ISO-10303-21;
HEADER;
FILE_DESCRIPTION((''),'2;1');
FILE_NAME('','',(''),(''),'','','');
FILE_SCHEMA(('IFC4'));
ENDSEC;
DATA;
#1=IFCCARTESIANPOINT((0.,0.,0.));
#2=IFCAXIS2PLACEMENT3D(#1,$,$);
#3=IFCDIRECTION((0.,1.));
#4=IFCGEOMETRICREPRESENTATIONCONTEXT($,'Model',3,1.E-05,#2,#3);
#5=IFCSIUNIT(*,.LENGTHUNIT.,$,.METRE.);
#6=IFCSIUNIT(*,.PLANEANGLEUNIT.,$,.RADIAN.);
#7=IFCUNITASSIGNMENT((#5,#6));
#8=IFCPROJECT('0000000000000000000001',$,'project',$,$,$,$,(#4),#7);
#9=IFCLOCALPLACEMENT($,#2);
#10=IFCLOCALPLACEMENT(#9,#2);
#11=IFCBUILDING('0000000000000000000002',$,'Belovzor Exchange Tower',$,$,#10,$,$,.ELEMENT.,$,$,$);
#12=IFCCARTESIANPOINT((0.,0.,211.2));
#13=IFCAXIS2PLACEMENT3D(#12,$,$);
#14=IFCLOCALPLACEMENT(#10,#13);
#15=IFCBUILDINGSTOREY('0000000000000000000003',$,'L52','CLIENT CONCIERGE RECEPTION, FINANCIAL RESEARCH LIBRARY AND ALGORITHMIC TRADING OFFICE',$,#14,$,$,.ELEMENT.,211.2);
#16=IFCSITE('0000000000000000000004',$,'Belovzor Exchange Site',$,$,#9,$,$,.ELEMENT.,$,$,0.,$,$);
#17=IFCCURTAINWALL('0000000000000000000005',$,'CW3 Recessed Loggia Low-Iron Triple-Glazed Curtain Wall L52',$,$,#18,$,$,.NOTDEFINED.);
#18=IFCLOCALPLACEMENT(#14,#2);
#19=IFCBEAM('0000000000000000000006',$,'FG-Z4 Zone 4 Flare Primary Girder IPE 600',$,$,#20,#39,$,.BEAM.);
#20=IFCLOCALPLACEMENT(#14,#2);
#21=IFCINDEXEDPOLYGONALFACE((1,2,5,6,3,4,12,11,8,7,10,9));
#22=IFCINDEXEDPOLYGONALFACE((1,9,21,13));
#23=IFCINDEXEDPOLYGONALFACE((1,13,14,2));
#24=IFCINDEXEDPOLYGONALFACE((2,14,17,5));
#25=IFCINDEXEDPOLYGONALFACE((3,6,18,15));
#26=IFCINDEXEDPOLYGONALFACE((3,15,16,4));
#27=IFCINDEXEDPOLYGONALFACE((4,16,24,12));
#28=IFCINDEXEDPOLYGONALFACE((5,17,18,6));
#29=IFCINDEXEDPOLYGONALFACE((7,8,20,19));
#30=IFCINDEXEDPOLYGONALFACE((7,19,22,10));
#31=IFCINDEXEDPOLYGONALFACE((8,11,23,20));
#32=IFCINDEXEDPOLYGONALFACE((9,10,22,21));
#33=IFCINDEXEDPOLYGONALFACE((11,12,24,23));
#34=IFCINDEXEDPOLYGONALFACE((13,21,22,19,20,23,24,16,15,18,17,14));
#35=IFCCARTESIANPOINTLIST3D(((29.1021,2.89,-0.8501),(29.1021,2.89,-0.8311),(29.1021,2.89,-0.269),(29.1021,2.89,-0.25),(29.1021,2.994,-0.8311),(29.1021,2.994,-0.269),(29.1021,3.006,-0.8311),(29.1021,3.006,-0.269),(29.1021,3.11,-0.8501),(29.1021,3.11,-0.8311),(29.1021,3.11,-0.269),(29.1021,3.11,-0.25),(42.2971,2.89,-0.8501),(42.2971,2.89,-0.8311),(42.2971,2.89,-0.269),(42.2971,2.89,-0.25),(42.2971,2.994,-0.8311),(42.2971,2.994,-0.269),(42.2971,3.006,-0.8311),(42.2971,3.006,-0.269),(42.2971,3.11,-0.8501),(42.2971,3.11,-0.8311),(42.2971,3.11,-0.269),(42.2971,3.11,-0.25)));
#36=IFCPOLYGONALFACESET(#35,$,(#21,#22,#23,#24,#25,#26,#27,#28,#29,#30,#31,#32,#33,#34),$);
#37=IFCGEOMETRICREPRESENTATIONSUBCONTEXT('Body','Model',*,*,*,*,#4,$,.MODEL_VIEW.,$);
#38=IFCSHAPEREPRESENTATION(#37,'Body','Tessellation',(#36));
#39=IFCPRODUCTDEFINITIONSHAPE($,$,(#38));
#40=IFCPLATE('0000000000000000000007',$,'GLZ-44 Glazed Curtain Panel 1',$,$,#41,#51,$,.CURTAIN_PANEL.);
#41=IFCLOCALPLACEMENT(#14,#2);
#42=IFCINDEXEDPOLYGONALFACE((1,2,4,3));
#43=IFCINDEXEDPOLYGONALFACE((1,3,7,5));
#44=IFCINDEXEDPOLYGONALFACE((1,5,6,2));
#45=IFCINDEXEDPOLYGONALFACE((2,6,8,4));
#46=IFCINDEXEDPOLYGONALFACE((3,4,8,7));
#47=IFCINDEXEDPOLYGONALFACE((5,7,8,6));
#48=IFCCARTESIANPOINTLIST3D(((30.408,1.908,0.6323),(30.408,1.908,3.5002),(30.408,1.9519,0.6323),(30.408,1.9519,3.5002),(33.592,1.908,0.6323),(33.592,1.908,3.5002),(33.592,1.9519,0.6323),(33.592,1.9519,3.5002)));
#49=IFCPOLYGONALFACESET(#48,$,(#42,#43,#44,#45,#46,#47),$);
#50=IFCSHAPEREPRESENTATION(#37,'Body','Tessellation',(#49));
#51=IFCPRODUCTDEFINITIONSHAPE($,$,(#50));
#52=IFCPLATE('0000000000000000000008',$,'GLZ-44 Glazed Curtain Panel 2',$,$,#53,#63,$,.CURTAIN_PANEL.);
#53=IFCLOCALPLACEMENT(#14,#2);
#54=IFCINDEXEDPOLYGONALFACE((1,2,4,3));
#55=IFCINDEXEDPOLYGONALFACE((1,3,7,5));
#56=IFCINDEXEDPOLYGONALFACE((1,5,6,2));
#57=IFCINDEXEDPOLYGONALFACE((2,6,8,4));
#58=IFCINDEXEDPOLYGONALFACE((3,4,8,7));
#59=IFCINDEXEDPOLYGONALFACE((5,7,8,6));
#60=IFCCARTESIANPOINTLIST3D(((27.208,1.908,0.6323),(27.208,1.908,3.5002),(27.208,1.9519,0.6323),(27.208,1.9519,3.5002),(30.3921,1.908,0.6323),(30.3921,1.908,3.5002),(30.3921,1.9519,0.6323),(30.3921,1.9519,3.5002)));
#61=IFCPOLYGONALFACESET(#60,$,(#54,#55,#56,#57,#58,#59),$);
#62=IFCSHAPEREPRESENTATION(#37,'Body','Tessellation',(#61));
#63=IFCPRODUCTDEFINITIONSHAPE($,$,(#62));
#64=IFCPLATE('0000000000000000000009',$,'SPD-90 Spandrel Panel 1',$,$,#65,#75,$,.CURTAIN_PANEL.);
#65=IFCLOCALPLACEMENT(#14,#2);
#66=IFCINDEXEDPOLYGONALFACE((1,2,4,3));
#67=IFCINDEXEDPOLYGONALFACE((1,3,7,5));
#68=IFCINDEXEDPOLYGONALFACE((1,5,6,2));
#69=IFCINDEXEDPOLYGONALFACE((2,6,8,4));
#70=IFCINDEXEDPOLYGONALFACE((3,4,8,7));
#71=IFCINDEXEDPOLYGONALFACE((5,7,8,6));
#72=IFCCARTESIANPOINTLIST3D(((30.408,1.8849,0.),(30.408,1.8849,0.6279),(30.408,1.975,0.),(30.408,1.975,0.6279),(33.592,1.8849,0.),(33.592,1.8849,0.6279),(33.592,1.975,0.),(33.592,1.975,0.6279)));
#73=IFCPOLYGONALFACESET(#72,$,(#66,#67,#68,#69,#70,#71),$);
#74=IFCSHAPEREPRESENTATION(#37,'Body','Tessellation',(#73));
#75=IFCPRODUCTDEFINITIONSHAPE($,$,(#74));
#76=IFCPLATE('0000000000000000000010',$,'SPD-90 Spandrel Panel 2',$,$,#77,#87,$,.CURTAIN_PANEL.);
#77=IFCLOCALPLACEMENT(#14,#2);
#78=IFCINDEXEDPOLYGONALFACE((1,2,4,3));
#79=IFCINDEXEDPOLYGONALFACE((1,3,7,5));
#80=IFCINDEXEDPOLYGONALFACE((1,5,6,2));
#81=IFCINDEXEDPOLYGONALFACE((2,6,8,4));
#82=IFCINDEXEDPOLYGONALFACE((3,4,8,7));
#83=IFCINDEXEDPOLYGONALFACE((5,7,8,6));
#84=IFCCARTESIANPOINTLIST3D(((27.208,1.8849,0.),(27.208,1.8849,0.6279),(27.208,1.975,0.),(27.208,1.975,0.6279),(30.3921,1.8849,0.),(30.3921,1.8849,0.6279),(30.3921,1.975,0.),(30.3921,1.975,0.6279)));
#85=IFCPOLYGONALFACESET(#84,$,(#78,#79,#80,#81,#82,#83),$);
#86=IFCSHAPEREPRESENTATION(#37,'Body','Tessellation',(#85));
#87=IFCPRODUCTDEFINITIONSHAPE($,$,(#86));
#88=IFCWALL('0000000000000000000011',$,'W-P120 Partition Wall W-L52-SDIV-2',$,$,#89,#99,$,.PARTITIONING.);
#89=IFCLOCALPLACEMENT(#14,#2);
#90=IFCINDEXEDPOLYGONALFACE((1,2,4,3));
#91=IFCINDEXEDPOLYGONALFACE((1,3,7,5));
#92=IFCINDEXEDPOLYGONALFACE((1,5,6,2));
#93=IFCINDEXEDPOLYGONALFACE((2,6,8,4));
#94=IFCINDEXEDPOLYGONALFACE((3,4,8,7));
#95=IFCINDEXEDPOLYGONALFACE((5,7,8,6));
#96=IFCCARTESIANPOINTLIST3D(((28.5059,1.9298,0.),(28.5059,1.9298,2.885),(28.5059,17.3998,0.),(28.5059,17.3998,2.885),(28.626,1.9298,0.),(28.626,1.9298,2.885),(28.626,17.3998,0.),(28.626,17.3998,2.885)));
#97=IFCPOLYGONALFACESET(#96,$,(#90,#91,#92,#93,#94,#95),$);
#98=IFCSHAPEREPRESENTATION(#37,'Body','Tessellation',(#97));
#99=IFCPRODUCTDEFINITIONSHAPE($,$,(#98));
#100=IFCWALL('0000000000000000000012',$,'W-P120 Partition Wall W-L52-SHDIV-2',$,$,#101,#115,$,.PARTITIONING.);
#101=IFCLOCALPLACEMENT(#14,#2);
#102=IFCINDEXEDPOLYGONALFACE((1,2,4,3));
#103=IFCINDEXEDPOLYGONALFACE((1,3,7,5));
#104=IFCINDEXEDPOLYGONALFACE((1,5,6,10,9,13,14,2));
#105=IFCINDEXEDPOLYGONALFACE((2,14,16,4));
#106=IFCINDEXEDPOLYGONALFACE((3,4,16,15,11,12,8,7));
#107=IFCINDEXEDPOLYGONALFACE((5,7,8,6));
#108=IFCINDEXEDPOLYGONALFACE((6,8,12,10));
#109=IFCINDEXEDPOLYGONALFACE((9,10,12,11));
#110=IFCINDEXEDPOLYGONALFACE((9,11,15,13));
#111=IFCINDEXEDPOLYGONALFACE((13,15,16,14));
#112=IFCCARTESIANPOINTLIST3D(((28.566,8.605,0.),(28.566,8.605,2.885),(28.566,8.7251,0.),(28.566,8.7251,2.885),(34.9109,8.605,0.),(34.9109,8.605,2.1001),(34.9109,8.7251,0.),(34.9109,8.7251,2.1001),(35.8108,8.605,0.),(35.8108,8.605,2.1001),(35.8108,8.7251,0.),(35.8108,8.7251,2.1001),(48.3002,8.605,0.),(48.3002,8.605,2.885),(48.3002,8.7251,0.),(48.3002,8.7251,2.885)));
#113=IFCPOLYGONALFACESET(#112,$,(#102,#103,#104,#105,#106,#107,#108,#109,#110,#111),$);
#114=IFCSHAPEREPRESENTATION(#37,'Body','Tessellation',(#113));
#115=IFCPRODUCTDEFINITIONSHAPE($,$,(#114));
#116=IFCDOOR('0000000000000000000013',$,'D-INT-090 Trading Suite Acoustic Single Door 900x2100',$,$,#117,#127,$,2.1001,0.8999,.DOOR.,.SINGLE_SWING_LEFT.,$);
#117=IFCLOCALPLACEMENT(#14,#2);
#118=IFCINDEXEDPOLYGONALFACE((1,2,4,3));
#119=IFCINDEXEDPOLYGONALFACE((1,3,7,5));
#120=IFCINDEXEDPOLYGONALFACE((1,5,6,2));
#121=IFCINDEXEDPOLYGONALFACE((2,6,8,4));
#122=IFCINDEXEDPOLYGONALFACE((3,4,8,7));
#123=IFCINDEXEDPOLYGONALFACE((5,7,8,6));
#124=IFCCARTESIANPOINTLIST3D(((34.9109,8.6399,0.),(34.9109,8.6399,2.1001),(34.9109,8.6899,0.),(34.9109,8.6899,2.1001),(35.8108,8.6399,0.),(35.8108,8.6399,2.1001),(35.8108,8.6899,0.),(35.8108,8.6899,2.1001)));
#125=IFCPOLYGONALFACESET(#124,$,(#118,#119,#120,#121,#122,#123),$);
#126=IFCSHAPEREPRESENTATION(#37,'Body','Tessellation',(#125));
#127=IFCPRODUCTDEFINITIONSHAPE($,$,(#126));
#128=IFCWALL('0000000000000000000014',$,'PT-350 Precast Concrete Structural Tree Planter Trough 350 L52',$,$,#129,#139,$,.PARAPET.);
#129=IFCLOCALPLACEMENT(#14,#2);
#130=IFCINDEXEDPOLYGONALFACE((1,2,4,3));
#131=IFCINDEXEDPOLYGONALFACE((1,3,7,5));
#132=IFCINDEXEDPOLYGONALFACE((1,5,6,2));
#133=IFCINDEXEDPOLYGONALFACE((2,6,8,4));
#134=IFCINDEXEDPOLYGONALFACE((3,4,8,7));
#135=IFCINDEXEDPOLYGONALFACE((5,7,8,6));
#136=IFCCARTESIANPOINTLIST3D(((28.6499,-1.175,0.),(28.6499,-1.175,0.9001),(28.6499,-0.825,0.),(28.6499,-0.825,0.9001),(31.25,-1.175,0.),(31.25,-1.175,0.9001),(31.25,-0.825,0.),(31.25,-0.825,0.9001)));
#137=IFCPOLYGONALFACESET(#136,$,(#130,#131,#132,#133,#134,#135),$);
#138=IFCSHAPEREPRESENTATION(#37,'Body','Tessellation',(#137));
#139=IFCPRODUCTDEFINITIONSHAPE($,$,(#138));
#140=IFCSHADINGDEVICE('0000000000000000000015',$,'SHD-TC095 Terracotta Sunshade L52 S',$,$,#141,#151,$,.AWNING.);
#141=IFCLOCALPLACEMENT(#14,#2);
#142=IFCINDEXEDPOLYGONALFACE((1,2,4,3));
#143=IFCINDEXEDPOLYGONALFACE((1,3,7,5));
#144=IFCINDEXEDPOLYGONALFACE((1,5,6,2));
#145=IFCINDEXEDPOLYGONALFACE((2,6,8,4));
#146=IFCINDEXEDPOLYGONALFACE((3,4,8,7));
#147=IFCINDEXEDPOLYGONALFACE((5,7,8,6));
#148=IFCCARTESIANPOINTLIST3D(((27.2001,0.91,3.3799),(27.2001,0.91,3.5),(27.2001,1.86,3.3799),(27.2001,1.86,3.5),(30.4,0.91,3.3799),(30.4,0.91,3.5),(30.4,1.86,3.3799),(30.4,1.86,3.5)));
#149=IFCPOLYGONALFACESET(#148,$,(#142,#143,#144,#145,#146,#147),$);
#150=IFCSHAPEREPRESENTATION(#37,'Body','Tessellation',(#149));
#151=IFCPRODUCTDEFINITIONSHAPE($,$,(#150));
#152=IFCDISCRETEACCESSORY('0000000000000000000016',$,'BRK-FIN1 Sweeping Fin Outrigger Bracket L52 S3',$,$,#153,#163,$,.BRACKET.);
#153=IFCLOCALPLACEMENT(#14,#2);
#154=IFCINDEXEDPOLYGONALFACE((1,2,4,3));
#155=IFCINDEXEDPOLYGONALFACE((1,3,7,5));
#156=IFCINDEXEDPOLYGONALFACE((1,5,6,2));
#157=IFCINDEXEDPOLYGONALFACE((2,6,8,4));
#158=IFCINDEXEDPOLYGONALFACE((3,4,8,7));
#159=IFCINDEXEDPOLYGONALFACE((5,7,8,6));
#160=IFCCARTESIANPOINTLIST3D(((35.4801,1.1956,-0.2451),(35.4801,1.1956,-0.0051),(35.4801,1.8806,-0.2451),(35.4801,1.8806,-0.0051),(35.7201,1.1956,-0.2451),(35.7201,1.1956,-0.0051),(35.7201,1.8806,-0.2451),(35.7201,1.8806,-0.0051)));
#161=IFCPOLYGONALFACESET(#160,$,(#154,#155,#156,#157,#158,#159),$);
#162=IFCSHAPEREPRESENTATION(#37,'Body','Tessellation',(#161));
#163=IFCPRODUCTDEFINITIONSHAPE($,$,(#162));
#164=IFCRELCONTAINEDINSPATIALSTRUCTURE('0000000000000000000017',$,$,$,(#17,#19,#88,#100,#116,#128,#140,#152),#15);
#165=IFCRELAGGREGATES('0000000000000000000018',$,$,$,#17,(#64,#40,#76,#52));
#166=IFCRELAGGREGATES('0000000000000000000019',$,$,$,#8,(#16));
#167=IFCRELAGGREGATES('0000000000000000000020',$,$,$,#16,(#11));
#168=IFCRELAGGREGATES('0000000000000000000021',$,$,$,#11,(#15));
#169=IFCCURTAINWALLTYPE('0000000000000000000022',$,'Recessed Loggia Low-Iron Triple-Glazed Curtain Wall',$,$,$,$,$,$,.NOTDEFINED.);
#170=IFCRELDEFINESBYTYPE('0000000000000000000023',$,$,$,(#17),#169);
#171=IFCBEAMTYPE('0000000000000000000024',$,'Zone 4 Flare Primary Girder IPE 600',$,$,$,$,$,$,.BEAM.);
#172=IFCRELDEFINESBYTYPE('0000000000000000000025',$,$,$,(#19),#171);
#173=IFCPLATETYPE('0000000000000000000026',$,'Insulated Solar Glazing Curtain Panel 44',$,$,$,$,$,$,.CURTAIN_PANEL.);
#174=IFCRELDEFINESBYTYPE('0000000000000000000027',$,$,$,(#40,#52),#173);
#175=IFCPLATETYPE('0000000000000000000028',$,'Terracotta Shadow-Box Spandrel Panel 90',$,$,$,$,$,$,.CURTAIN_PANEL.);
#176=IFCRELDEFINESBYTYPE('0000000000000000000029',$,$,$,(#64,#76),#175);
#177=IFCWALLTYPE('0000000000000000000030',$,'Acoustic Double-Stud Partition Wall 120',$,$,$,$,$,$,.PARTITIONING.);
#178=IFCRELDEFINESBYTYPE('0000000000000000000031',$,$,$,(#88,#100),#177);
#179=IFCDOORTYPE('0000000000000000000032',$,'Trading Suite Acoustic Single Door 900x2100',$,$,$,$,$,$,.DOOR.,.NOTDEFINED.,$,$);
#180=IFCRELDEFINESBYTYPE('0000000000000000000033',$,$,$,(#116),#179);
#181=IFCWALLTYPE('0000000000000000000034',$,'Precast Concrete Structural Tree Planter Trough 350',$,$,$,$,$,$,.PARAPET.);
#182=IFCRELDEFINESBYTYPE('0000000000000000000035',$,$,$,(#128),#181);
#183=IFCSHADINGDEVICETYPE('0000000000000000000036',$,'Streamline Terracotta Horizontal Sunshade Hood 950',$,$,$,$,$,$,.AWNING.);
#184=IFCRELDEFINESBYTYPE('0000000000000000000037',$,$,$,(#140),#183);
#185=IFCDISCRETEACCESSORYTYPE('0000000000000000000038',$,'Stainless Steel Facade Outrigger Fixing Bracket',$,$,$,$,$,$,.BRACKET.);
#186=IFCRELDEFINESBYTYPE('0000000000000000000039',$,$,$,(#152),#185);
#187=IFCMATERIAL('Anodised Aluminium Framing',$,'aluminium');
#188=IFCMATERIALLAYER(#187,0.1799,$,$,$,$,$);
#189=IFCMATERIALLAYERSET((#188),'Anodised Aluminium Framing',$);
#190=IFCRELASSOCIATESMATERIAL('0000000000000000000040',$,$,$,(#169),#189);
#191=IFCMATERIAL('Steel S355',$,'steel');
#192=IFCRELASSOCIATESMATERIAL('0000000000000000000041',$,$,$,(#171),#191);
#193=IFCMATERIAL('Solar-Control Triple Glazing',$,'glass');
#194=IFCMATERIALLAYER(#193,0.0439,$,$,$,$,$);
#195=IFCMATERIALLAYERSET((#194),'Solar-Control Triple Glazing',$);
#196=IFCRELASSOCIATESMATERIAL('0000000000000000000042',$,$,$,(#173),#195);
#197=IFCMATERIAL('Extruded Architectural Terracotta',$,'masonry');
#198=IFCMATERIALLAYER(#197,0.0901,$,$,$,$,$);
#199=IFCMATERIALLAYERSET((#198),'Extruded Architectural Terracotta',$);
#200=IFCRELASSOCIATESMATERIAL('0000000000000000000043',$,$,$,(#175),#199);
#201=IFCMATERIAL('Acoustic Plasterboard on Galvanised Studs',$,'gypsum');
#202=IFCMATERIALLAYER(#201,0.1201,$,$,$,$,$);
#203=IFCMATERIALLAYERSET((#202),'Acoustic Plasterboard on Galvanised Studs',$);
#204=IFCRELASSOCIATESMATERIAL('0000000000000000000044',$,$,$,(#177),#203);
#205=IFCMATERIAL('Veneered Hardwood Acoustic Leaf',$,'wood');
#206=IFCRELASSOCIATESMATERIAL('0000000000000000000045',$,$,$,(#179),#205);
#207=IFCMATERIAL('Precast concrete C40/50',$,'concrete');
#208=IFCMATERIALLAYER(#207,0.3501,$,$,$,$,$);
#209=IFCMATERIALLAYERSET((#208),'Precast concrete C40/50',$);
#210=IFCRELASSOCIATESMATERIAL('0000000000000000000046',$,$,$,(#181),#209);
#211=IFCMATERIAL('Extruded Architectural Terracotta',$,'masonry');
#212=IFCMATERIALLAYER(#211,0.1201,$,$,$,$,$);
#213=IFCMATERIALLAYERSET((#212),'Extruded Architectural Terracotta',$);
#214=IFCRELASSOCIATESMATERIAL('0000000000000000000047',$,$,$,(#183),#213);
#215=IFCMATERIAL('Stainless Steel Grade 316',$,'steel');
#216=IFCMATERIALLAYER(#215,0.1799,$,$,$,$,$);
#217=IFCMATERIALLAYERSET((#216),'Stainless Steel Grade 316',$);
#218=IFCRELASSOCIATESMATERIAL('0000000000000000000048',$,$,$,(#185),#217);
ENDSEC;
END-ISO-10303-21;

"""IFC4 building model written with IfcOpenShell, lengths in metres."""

from ifc_helpers import new_model, si_unit, direction, frame, frame_2d, origin, origin_2d, place, context, subcontext, project, spatial, rectangle, i_section, extrude, material, layer, layer_set, material_profile, profile_set, type_object, element, fill, aggregate, save


model = new_model("IFC4")

# Units and contexts
model_context = context("Model", 3, precision=1e-05, world=origin(), true_north=direction((0.0, 1.0)))
body_context = subcontext(model_context, "Body", "Model", "MODEL_VIEW")
ifc_project = project(units=[si_unit("LENGTHUNIT", "METRE"), si_unit("PLANEANGLEUNIT", "RADIAN")], contexts=[model_context])

# Site, building, storey
site_placement = place(None, origin())
site = spatial("IfcSite", under=ifc_project, at=site_placement, Name="Belovzor Exchange Site", CompositionType="ELEMENT", RefElevation=0.0)
building_placement = place(site_placement, origin())
building = spatial("IfcBuilding", under=site, at=building_placement, Name="Belovzor Exchange Tower", CompositionType="ELEMENT")
storey_placement = place(building_placement, frame((0.0, 0.0, 211.2)))
storey = spatial("IfcBuildingStorey", under=building, at=storey_placement, Name="L52", Description="CLIENT CONCIERGE RECEPTION, FINANCIAL RESEARCH LIBRARY AND ALGORITHMIC TRADING OFFICE", CompositionType="ELEMENT", Elevation=211.2)

# Curtain wall
ifc_material_1 = material(Name="Anodised Aluminium Framing", Category="aluminium")
ifc_layer_1 = layer(ifc_material_1, 0.1799)
ifc_layer_set_1 = layer_set([ifc_layer_1], Name="Anodised Aluminium Framing")
curtain_wall_type = type_object("IfcCurtainWallType", Name="Recessed Loggia Low-Iron Triple-Glazed Curtain Wall", PredefinedType="NOTDEFINED", material=ifc_layer_set_1)
curtain_wall_placement = place(storey_placement, origin())
curtain_wall = element("IfcCurtainWall", 1, at=curtain_wall_placement, inside=storey, type_object=curtain_wall_type, Name="CW3 Recessed Loggia Low-Iron Triple-Glazed Curtain Wall L52", PredefinedType="NOTDEFINED")

# Beam
ifc_material_2 = material(Name="Steel S355", Category="steel")
ifc_material_profile_1 = material_profile(ifc_material_2, i_section(OverallWidth=0.22, OverallDepth=0.6001, WebThickness=0.012, FlangeThickness=0.019, at=origin_2d()))
ifc_profile_set_1 = profile_set([ifc_material_profile_1], Name="Steel S355")
beam_type_1 = type_object("IfcBeamType", Name="Zone 4 Flare Primary Girder IPE 600", PredefinedType="BEAM", material=ifc_profile_set_1)
beam_1_placement = place(storey_placement, frame((29.1021, 3.0, -0.55), z_axis=(1.0, 0.0, 0.0), x_axis=(0.0, 1.0, 0.0)))
element("IfcBeam", 2, at=beam_1_placement, inside=storey, type_object=beam_type_1, Name="FG-Z4 Zone 4 Flare Primary Girder IPE 600", PredefinedType="BEAM", context=body_context, shape_type="SweptSolid", body=[
    extrude(i_section(OverallWidth=0.22, OverallDepth=0.6001, WebThickness=0.012, FlangeThickness=0.019, at=origin_2d()), origin(), (0.0, 0.0, 1.0), 13.1951),
])

# Plates
ifc_material_3 = material(Name="Solar-Control Triple Glazing", Category="glass")
ifc_layer_2 = layer(ifc_material_3, 0.0439)
ifc_layer_set_2 = layer_set([ifc_layer_2], Name="Solar-Control Triple Glazing")
plate_type_1 = type_object("IfcPlateType", Name="Insulated Solar Glazing Curtain Panel 44", PredefinedType="CURTAIN_PANEL", material=ifc_layer_set_2)
plate_1_placement = place(storey_placement, frame((32.0, 1.9299, 0.6323), z_axis=(0.0, 0.0, 1.0), x_axis=(-1.0, 0.0, 0.0)))
plate_1 = element("IfcPlate", 3, at=plate_1_placement, type_object=plate_type_1, Name="GLZ-44 Glazed Curtain Panel 1", PredefinedType="CURTAIN_PANEL", context=body_context, shape_type="SweptSolid", body=[
    extrude(rectangle(XDim=3.1841, YDim=0.0439, at=origin_2d()), origin(), (0.0, 0.0, 1.0), 2.8679),
])
plate_2_placement = place(storey_placement, frame((28.8, 1.9299, 0.6323), z_axis=(0.0, 0.0, 1.0), x_axis=(-1.0, 0.0, 0.0)))
plate_2 = element("IfcPlate", 4, at=plate_2_placement, type_object=plate_type_1, Name="GLZ-44 Glazed Curtain Panel 2", PredefinedType="CURTAIN_PANEL", context=body_context, shape_type="SweptSolid", body=[
    extrude(rectangle(XDim=3.1841, YDim=0.0439, at=origin_2d()), origin(), (0.0, 0.0, 1.0), 2.8679),
])
ifc_material_4 = material(Name="Extruded Architectural Terracotta", Category="masonry")
ifc_layer_3 = layer(ifc_material_4, 0.0901)
ifc_layer_set_3 = layer_set([ifc_layer_3], Name="Extruded Architectural Terracotta")
plate_type_2 = type_object("IfcPlateType", Name="Terracotta Shadow-Box Spandrel Panel 90", PredefinedType="CURTAIN_PANEL", material=ifc_layer_set_3)
plate_3_placement = place(storey_placement, frame((32.0, 1.9299, 0.0), z_axis=(0.0, 0.0, 1.0), x_axis=(-1.0, 0.0, 0.0)))
plate_3 = element("IfcPlate", 5, at=plate_3_placement, type_object=plate_type_2, Name="SPD-90 Spandrel Panel 1", PredefinedType="CURTAIN_PANEL", context=body_context, shape_type="SweptSolid", body=[
    extrude(rectangle(XDim=3.1841, YDim=0.0901, at=origin_2d()), origin(), (0.0, 0.0, 1.0), 0.6279),
])
plate_4_placement = place(storey_placement, frame((28.8, 1.9299, 0.0), z_axis=(0.0, 0.0, 1.0), x_axis=(-1.0, 0.0, 0.0)))
plate_4 = element("IfcPlate", 6, at=plate_4_placement, type_object=plate_type_2, Name="SPD-90 Spandrel Panel 2", PredefinedType="CURTAIN_PANEL", context=body_context, shape_type="SweptSolid", body=[
    extrude(rectangle(XDim=3.1841, YDim=0.0901, at=origin_2d()), origin(), (0.0, 0.0, 1.0), 0.6279),
])
aggregate(curtain_wall, [plate_3, plate_1, plate_4, plate_2])

# Wall
ifc_material_5 = material(Name="Acoustic Plasterboard on Galvanised Studs", Category="gypsum")
ifc_layer_4 = layer(ifc_material_5, 0.1201)
ifc_layer_set_4 = layer_set([ifc_layer_4], Name="Acoustic Plasterboard on Galvanised Studs")
wall_type_1 = type_object("IfcWallType", Name="Acoustic Double-Stud Partition Wall 120", PredefinedType="PARTITIONING", material=ifc_layer_set_4)
wall_1_placement = place(storey_placement, frame((28.5659, 1.9299, 0.0), z_axis=(0.0, 0.0, 1.0), x_axis=(0.0, 1.0, 0.0)))
element("IfcWall", 7, at=wall_1_placement, inside=storey, type_object=wall_type_1, Name="W-P120 Partition Wall W-L52-SDIV-2", PredefinedType="PARTITIONING", context=body_context, shape_type="SweptSolid", body=[
    extrude(rectangle(XDim=15.47, YDim=0.1201, at=frame_2d((7.7349, 0.0))), origin(), (0.0, 0.0, 1.0), 2.885),
])

# Wall, opening, door
wall_2_placement = place(storey_placement, frame((28.5659, 8.665, 0.0), z_axis=(0.0, 0.0, 1.0), x_axis=(1.0, 0.0, 0.0)))
wall_2 = element("IfcWall", 8, at=wall_2_placement, inside=storey, type_object=wall_type_1, Name="W-P120 Partition Wall W-L52-SHDIV-2", PredefinedType="PARTITIONING", context=body_context, shape_type="SweptSolid", body=[
    extrude(rectangle(XDim=19.7341, YDim=0.1201, at=frame_2d((9.8672, 0.0))), origin(), (0.0, 0.0, 1.0), 2.885),
])
opening_placement = place(wall_2_placement, frame((6.345, 0.0, 0.0)))
opening = element("IfcOpeningElement", 9, at=opening_placement, cuts=wall_2, PredefinedType="OPENING", context=body_context, shape_type="SweptSolid", body=[
    extrude(rectangle(XDim=0.8999, YDim=2.1001, at=frame_2d((0.45, 1.05))), frame((0.0, 0.0701, 0.0), z_axis=(0.0, -1.0, 0.0), x_axis=(1.0, 0.0, 0.0)), (0.0, 0.0, 1.0), 0.1401),
])
ifc_material_6 = material(Name="Veneered Hardwood Acoustic Leaf", Category="wood")
door_type = type_object("IfcDoorType", Name="Trading Suite Acoustic Single Door 900x2100", OperationType="NOTDEFINED", PredefinedType="DOOR", material=ifc_material_6)
door_placement = place(opening_placement, origin())
door = element("IfcDoor", 10, at=door_placement, inside=storey, type_object=door_type, Name="D-INT-090 Trading Suite Acoustic Single Door 900x2100", OperationType="SINGLE_SWING_LEFT", OverallHeight=2.1001, OverallWidth=0.8999, PredefinedType="DOOR", context=body_context, shape_type="SweptSolid", body=[
    extrude(rectangle(XDim=0.8999, YDim=2.1001, at=frame_2d((0.45, 1.05))), frame((0.0, 0.0249, 0.0), z_axis=(0.0, -1.0, 0.0), x_axis=(1.0, 0.0, 0.0)), (0.0, 0.0, 1.0), 0.05),
])
fill(opening, door)

# Wall
ifc_material_7 = material(Name="Precast concrete C40/50", Category="concrete")
ifc_layer_5 = layer(ifc_material_7, 0.3501)
ifc_layer_set_5 = layer_set([ifc_layer_5], Name="Precast concrete C40/50")
wall_type_2 = type_object("IfcWallType", Name="Precast Concrete Structural Tree Planter Trough 350", PredefinedType="PARAPET", material=ifc_layer_set_5)
wall_3_placement = place(storey_placement, frame((28.6499, -1.0, 0.0), z_axis=(0.0, 0.0, 1.0), x_axis=(1.0, 0.0, 0.0)))
element("IfcWall", 11, at=wall_3_placement, inside=storey, type_object=wall_type_2, Name="PT-350 Precast Concrete Structural Tree Planter Trough 350 L52", PredefinedType="PARAPET", context=body_context, shape_type="SweptSolid", body=[
    extrude(rectangle(XDim=2.6001, YDim=0.3501, at=frame_2d((1.3, 0.0))), origin(), (0.0, 0.0, 1.0), 0.9001),
])

# Shading device
ifc_material_8 = material(Name="Extruded Architectural Terracotta", Category="masonry")
ifc_layer_6 = layer(ifc_material_8, 0.1201)
ifc_layer_set_6 = layer_set([ifc_layer_6], Name="Extruded Architectural Terracotta")
shading_device_type = type_object("IfcShadingDeviceType", Name="Streamline Terracotta Horizontal Sunshade Hood 950", PredefinedType="AWNING", material=ifc_layer_set_6)
shading_device_placement = place(storey_placement, frame((28.8, 1.385, 3.3799), z_axis=(0.0, 0.0, 1.0), x_axis=(1.0, 0.0, 0.0)))
element("IfcShadingDevice", 12, at=shading_device_placement, inside=storey, type_object=shading_device_type, Name="SHD-TC095 Terracotta Sunshade L52 S", PredefinedType="AWNING", context=body_context, shape_type="SweptSolid", body=[
    extrude(rectangle(XDim=3.2, YDim=0.95, at=origin_2d()), origin(), (0.0, 0.0, 1.0), 0.1201),
])

# Discrete accessory
ifc_material_9 = material(Name="Stainless Steel Grade 316", Category="steel")
ifc_layer_7 = layer(ifc_material_9, 0.1799)
ifc_layer_set_7 = layer_set([ifc_layer_7], Name="Stainless Steel Grade 316")
discrete_accessory_type = type_object("IfcDiscreteAccessoryType", Name="Stainless Steel Facade Outrigger Fixing Bracket", PredefinedType="BRACKET", material=ifc_layer_set_7)
discrete_accessory_placement = place(storey_placement, frame((35.6001, 1.5381, -0.2451), z_axis=(0.0, 0.0, 1.0), x_axis=(0.0, 1.0, 0.0)))
element("IfcDiscreteAccessory", 13, at=discrete_accessory_placement, inside=storey, type_object=discrete_accessory_type, Name="BRK-FIN1 Sweeping Fin Outrigger Bracket L52 S3", PredefinedType="BRACKET", context=body_context, shape_type="SweptSolid", body=[
    extrude(rectangle(XDim=0.6851, YDim=0.24, at=origin_2d()), origin(), (0.0, 0.0, 1.0), 0.24),
])

save(model, "model.ifc")
